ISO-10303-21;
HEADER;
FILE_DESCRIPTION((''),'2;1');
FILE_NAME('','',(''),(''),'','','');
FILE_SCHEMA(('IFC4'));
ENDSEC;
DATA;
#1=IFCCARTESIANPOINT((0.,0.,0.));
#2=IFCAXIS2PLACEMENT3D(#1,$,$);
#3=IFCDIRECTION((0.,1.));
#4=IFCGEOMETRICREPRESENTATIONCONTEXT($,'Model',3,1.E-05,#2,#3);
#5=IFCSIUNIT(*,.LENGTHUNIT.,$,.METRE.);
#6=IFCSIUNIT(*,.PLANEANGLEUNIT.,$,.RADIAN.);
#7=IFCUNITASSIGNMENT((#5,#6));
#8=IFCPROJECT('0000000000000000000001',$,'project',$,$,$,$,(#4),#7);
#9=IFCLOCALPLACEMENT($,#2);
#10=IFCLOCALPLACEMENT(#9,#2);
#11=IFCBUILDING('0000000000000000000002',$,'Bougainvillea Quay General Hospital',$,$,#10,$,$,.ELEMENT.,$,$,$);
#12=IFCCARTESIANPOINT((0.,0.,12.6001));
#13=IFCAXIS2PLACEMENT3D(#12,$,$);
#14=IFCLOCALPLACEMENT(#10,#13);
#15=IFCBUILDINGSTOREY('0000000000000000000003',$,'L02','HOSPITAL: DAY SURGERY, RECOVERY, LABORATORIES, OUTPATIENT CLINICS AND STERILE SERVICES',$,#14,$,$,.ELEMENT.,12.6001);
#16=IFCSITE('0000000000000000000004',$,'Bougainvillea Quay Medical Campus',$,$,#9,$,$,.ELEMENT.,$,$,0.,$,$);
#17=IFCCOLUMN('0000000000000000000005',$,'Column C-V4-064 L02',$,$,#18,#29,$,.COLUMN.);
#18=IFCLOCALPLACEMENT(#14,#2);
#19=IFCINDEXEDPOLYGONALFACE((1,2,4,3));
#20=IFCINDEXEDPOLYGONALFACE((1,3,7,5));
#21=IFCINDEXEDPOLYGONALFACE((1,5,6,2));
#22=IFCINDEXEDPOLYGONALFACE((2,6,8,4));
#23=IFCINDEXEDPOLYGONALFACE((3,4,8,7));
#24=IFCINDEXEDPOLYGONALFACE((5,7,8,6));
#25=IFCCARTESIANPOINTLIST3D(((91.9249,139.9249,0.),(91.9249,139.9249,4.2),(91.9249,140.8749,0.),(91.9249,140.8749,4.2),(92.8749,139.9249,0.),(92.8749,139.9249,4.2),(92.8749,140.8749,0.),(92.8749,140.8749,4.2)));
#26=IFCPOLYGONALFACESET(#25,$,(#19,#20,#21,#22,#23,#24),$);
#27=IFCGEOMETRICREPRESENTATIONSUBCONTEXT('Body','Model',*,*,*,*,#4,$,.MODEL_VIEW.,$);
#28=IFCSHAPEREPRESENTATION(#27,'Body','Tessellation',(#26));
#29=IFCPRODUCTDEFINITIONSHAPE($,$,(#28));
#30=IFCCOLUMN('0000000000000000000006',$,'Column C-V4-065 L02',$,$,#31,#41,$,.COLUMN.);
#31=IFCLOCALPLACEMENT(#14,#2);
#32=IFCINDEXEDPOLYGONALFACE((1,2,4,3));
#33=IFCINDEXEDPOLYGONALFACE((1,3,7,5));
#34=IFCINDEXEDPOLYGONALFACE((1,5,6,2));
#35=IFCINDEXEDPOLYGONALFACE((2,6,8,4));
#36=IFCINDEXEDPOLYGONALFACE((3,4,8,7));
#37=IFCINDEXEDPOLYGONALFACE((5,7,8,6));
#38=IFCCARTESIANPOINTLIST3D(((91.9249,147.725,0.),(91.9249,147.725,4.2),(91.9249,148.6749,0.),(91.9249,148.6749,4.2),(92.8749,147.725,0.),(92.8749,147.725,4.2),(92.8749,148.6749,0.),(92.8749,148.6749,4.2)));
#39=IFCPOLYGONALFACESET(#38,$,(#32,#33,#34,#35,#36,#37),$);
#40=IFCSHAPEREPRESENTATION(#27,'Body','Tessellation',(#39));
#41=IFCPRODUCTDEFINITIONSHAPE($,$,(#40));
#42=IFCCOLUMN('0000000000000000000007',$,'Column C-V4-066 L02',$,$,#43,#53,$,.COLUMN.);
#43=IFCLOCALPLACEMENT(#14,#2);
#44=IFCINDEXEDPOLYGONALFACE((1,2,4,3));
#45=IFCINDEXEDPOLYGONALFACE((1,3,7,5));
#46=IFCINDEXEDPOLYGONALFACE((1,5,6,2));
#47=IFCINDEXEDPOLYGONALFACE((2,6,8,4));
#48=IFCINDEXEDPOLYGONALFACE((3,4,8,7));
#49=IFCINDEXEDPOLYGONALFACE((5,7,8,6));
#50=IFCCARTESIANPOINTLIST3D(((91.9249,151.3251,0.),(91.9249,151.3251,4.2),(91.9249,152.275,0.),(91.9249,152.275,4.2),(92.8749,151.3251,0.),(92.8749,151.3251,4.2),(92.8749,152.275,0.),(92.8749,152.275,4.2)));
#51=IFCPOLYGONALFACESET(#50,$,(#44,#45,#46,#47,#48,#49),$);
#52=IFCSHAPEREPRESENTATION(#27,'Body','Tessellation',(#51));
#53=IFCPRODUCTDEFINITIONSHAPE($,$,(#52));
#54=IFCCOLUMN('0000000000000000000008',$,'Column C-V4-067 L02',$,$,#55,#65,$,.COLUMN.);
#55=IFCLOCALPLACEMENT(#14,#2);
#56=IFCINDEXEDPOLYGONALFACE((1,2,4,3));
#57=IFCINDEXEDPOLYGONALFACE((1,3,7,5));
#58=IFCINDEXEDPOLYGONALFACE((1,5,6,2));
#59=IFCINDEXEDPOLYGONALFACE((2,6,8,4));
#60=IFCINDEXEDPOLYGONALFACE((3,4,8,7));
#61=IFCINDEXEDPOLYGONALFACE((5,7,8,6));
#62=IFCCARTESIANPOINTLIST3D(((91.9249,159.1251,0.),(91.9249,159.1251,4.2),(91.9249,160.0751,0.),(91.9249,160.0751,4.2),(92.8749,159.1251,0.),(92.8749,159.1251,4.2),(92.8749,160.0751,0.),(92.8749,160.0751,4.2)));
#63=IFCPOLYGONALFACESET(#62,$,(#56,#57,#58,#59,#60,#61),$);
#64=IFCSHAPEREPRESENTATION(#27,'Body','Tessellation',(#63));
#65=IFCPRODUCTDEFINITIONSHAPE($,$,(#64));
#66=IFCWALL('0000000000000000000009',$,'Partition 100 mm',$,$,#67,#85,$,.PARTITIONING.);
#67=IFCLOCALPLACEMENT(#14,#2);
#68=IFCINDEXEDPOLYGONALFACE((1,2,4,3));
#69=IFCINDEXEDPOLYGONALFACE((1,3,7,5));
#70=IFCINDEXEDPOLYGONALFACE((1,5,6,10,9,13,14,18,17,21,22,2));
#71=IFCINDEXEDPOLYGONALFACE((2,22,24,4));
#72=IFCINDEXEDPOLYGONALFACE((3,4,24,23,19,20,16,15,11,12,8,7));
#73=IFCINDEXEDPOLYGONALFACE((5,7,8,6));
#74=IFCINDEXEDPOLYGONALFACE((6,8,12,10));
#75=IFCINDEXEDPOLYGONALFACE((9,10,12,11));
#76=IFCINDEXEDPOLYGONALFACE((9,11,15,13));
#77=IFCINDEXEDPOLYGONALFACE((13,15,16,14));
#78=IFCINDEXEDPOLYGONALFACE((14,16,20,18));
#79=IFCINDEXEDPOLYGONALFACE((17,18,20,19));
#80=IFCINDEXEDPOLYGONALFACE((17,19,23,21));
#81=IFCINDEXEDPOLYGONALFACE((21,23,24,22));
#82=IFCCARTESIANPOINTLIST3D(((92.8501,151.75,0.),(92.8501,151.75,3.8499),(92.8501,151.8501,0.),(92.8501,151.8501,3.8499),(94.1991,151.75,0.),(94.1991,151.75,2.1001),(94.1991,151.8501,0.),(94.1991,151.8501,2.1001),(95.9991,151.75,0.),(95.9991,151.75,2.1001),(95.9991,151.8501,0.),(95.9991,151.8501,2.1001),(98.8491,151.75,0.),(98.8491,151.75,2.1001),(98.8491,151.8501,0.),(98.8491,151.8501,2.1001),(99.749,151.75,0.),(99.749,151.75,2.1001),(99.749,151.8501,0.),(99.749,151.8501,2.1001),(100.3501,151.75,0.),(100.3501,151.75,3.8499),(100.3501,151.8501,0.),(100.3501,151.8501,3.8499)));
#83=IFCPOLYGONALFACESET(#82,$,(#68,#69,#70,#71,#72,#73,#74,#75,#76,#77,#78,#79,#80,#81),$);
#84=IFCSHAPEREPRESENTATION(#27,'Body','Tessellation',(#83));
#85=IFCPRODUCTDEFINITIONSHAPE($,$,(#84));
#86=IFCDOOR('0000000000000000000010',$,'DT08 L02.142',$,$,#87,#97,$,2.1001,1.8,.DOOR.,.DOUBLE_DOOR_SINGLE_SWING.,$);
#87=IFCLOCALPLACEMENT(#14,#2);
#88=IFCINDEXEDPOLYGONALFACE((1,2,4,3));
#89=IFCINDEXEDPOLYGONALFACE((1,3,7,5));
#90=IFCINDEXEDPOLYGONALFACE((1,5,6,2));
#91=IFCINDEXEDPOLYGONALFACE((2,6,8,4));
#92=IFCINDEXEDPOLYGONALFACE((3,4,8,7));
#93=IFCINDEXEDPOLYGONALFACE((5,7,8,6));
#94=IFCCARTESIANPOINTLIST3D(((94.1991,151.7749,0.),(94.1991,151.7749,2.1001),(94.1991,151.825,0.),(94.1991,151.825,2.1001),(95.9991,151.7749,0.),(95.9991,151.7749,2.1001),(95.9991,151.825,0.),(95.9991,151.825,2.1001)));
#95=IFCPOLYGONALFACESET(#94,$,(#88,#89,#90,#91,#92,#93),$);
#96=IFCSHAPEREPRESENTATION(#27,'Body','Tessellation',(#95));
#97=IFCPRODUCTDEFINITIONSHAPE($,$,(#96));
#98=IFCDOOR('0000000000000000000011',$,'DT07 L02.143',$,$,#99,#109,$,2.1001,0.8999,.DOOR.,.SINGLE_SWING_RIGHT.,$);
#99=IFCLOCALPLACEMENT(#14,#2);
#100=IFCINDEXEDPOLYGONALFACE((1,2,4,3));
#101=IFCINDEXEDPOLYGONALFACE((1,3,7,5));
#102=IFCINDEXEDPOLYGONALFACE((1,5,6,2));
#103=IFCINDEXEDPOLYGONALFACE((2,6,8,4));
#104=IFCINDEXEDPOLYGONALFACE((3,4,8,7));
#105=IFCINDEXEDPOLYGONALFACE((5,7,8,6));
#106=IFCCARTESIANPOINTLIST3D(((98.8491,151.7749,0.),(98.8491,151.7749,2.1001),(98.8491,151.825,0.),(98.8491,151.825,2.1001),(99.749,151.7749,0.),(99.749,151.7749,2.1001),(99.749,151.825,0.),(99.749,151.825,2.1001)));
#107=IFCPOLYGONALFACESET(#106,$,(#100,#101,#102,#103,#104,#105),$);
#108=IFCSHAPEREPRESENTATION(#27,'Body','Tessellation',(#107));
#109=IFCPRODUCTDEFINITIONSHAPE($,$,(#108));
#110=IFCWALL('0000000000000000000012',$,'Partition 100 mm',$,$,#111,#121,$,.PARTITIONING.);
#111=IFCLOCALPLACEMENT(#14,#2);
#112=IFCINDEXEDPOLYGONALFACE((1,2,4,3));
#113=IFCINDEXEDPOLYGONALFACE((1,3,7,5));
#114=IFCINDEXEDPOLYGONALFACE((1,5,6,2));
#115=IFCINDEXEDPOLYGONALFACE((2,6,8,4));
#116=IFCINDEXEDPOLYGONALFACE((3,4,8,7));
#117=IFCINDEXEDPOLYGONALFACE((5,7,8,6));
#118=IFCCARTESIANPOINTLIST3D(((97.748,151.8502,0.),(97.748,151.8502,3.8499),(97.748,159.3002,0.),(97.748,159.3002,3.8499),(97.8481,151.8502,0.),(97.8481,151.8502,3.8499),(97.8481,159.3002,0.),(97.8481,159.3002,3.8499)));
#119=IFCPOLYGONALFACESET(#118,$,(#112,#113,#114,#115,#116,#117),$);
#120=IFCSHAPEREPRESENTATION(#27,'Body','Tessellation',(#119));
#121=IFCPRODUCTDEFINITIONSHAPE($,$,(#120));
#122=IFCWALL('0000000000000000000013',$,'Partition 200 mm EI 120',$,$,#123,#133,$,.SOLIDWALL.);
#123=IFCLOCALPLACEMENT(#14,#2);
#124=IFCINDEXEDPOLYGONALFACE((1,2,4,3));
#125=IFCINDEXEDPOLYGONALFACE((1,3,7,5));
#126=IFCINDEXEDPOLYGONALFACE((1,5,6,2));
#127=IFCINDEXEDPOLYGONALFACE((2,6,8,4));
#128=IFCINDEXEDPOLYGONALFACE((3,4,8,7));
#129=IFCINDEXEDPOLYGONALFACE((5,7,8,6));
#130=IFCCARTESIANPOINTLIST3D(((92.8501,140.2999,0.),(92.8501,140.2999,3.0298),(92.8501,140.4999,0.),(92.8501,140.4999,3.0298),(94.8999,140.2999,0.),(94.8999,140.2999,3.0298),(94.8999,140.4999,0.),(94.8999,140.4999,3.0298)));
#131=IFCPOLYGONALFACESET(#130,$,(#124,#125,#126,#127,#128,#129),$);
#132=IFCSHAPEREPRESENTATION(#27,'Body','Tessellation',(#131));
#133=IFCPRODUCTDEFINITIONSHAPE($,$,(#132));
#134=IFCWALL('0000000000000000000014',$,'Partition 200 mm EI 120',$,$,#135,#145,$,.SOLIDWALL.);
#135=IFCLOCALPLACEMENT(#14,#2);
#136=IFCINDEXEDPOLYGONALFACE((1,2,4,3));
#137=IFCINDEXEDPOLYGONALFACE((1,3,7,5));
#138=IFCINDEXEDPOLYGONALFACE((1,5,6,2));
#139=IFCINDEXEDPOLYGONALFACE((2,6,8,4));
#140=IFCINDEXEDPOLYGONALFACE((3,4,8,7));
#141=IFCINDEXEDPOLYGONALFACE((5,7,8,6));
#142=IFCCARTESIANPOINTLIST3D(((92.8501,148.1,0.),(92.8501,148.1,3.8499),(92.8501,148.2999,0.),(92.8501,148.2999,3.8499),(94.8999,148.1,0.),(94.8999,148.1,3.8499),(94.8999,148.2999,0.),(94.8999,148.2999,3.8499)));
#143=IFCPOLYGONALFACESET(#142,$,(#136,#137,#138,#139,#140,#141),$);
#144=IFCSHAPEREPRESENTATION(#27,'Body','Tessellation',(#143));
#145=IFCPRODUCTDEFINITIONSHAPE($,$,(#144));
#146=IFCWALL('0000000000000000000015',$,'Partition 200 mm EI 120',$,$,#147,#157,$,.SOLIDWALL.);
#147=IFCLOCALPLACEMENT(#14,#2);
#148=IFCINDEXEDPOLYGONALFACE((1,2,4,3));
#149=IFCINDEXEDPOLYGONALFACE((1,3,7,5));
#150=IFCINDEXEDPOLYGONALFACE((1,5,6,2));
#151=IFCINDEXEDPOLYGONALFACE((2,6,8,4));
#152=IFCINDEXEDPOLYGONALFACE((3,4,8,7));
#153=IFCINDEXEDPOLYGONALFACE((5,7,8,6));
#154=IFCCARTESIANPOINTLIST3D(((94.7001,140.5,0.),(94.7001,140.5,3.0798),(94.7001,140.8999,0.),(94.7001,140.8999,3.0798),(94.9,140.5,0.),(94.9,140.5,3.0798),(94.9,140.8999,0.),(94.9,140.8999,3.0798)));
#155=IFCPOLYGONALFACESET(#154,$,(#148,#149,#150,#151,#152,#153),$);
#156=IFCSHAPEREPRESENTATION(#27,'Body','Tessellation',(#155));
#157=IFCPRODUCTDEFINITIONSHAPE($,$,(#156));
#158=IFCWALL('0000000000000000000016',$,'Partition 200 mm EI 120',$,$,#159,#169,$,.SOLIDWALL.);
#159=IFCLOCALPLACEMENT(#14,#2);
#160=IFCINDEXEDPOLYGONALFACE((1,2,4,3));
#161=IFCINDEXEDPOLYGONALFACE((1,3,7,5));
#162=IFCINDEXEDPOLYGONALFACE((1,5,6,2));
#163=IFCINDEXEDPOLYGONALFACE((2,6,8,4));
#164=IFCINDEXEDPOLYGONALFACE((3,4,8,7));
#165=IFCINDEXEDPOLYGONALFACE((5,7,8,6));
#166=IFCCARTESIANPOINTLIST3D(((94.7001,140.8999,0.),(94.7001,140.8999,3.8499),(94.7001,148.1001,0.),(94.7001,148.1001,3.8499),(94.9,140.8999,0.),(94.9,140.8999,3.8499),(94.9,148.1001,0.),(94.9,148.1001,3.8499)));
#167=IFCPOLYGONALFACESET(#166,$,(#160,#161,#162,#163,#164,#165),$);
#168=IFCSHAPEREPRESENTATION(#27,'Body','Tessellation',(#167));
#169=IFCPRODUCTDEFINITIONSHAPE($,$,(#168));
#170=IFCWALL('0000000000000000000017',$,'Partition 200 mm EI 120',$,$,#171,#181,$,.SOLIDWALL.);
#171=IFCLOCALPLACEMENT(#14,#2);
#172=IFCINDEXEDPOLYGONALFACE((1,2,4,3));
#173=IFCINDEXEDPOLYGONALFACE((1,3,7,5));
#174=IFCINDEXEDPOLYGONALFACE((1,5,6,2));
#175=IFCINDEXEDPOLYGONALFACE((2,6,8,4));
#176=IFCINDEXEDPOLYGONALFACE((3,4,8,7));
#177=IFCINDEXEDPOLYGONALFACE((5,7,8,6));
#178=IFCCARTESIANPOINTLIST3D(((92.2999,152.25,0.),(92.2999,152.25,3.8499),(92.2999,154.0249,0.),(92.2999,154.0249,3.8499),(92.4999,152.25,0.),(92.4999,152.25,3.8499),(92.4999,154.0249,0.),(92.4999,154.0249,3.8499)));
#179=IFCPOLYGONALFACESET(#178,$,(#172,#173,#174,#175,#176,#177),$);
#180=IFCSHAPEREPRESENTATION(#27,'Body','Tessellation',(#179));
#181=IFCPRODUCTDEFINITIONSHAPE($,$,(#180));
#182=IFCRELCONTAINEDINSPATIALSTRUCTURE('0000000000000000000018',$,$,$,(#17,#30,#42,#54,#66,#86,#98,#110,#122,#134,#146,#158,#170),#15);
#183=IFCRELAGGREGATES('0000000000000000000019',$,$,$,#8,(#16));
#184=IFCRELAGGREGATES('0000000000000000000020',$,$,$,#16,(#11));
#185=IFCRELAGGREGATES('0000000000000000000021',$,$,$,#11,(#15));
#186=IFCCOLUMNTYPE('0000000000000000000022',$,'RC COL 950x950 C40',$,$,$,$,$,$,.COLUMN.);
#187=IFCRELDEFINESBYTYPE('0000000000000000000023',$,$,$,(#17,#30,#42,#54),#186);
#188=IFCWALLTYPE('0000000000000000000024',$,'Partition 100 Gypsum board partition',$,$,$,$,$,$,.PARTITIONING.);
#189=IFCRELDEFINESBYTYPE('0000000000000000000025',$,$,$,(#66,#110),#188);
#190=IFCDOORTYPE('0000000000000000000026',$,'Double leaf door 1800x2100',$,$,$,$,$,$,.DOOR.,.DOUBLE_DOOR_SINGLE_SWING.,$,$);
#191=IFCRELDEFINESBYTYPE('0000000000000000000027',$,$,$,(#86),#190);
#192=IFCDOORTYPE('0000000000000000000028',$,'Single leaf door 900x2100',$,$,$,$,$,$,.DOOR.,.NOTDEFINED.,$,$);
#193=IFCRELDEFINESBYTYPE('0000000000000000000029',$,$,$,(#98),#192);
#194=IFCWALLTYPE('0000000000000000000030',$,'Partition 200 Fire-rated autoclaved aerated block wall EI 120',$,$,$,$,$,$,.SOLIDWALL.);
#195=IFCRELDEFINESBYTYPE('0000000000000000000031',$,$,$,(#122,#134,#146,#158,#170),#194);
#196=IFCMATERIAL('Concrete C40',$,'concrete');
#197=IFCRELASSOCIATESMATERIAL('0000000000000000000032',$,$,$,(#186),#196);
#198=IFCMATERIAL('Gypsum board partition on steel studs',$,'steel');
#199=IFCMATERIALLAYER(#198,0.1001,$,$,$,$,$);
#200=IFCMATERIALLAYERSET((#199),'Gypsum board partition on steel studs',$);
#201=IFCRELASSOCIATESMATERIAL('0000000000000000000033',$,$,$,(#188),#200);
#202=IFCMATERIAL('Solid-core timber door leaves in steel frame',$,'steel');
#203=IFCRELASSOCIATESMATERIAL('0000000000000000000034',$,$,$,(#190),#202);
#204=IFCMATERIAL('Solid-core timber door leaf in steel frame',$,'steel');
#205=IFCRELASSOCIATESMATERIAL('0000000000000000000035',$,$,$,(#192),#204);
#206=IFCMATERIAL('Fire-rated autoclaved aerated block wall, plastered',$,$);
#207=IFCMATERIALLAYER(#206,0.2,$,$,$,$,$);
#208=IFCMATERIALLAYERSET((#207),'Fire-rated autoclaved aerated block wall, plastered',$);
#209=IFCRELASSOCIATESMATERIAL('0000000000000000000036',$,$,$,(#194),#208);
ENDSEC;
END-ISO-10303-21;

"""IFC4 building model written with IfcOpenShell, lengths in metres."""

from ifc_helpers import new_model, si_unit, direction, frame, frame_2d, origin, origin_2d, place, context, subcontext, project, spatial, rectangle, extrude, material, layer, layer_set, material_profile, profile_set, type_object, element, fill, save


model = new_model("IFC4")

# Units and contexts
model_context = context("Model", 3, precision=1e-05, world=origin(), true_north=direction((0.0, 1.0)))
body_context = subcontext(model_context, "Body", "Model", "MODEL_VIEW")
ifc_project = project(units=[si_unit("LENGTHUNIT", "METRE"), si_unit("PLANEANGLEUNIT", "RADIAN")], contexts=[model_context])

# Site, building, storey
site_placement = place(None, origin())
site = spatial("IfcSite", under=ifc_project, at=site_placement, Name="Bougainvillea Quay Medical Campus", CompositionType="ELEMENT", RefElevation=0.0)
building_placement = place(site_placement, origin())
building = spatial("IfcBuilding", under=site, at=building_placement, Name="Bougainvillea Quay General Hospital", CompositionType="ELEMENT")
storey_placement = place(building_placement, frame((0.0, 0.0, 12.6001)))
storey = spatial("IfcBuildingStorey", under=building, at=storey_placement, Name="L02", Description="HOSPITAL: DAY SURGERY, RECOVERY, LABORATORIES, OUTPATIENT CLINICS AND STERILE SERVICES", CompositionType="ELEMENT", Elevation=12.6001)

# Columns
ifc_material_1 = material(Name="Concrete C40", Category="concrete")
ifc_material_profile = material_profile(ifc_material_1, rectangle(XDim=0.95, YDim=0.95, at=origin_2d()))
ifc_profile_set = profile_set([ifc_material_profile], Name="Concrete C40")
column_type = type_object("IfcColumnType", Name="RC COL 950x950 C40", PredefinedType="COLUMN", material=ifc_profile_set)
for number, where, z_axis, x_axis, name in (
    (1, (92.3999, 140.3999, 0.0), (0.0, 0.0, 1.0), (1.0, 0.0, 0.0), "Column C-V4-064 L02"),
    (2, (92.3999, 148.2, 0.0), (0.0, 0.0, 1.0), (1.0, 0.0, 0.0), "Column C-V4-065 L02"),
    (3, (92.3999, 151.8, 0.0), (0.0, 0.0, 1.0), (1.0, 0.0, 0.0), "Column C-V4-066 L02"),
    (4, (92.3999, 159.6001, 0.0), (0.0, 0.0, 1.0), (1.0, 0.0, 0.0), "Column C-V4-067 L02"),
):
    element("IfcColumn", number, at=place(storey_placement, frame(where, z_axis=z_axis, x_axis=x_axis)), inside=storey, type_object=column_type, Name=name, PredefinedType="COLUMN", context=body_context, shape_type="SweptSolid", body=[
        extrude(rectangle(XDim=0.95, YDim=0.95, at=origin_2d()), origin(), (0.0, 0.0, 1.0), 4.2),
    ])

# Wall, openings, doors
ifc_material_2 = material(Name="Gypsum board partition on steel studs", Category="steel")
ifc_layer_1 = layer(ifc_material_2, 0.1001)
ifc_layer_set_1 = layer_set([ifc_layer_1], Name="Gypsum board partition on steel studs")
wall_type_1 = type_object("IfcWallType", Name="Partition 100 Gypsum board partition", PredefinedType="PARTITIONING", material=ifc_layer_set_1)
wall_1_placement = place(storey_placement, frame((92.8501, 151.8, 0.0), z_axis=(0.0, 0.0, 1.0), x_axis=(1.0, 0.0, 0.0)))
wall_1 = element("IfcWall", 5, at=wall_1_placement, inside=storey, type_object=wall_type_1, Name="Partition 100 mm", PredefinedType="PARTITIONING", context=body_context, shape_type="SweptSolid", body=[
    extrude(rectangle(XDim=7.5, YDim=0.1001, at=frame_2d((3.75, 0.0))), origin(), (0.0, 0.0, 1.0), 3.8499),
])
opening_1_placement = place(wall_1_placement, frame((1.3491, 0.0, 0.0)))
opening_1 = element("IfcOpeningElement", 6, at=opening_1_placement, cuts=wall_1, PredefinedType="OPENING", context=body_context, shape_type="SweptSolid", body=[
    extrude(rectangle(XDim=1.8, YDim=2.1001, at=frame_2d((0.8999, 1.05))), frame((0.0, 0.0601, 0.0), z_axis=(0.0, -1.0, 0.0), x_axis=(1.0, 0.0, 0.0)), (0.0, 0.0, 1.0), 0.1201),
])
opening_2_placement = place(wall_1_placement, frame((5.999, 0.0, 0.0)))
opening_2 = element("IfcOpeningElement", 7, at=opening_2_placement, cuts=wall_1, PredefinedType="OPENING", context=body_context, shape_type="SweptSolid", body=[
    extrude(rectangle(XDim=0.8999, YDim=2.1001, at=frame_2d((0.45, 1.05))), frame((0.0, 0.0601, 0.0), z_axis=(0.0, -1.0, 0.0), x_axis=(1.0, 0.0, 0.0)), (0.0, 0.0, 1.0), 0.1201),
])
ifc_material_3 = material(Name="Solid-core timber door leaves in steel frame", Category="steel")
door_type_1 = type_object("IfcDoorType", Name="Double leaf door 1800x2100", OperationType="DOUBLE_DOOR_SINGLE_SWING", PredefinedType="DOOR", material=ifc_material_3)
door_1_placement = place(opening_1_placement, origin())
door_1 = element("IfcDoor", 8, at=door_1_placement, inside=storey, type_object=door_type_1, Name="DT08 L02.142", OperationType="DOUBLE_DOOR_SINGLE_SWING", OverallHeight=2.1001, OverallWidth=1.8, PredefinedType="DOOR", context=body_context, shape_type="SweptSolid", body=[
    extrude(rectangle(XDim=1.8, YDim=2.1001, at=frame_2d((0.8999, 1.05))), frame((0.0, 0.0249, 0.0), z_axis=(0.0, -1.0, 0.0), x_axis=(1.0, 0.0, 0.0)), (0.0, 0.0, 1.0), 0.05),
])
fill(opening_1, door_1)
ifc_material_4 = material(Name="Solid-core timber door leaf in steel frame", Category="steel")
door_type_2 = type_object("IfcDoorType", Name="Single leaf door 900x2100", OperationType="NOTDEFINED", PredefinedType="DOOR", material=ifc_material_4)
door_2_placement = place(opening_2_placement, origin())
door_2 = element("IfcDoor", 9, at=door_2_placement, inside=storey, type_object=door_type_2, Name="DT07 L02.143", OperationType="SINGLE_SWING_RIGHT", OverallHeight=2.1001, OverallWidth=0.8999, PredefinedType="DOOR", context=body_context, shape_type="SweptSolid", body=[
    extrude(rectangle(XDim=0.8999, YDim=2.1001, at=frame_2d((0.45, 1.05))), frame((0.0, 0.0249, 0.0), z_axis=(0.0, -1.0, 0.0), x_axis=(1.0, 0.0, 0.0)), (0.0, 0.0, 1.0), 0.05),
])
fill(opening_2, door_2)

# Walls
wall_2_placement = place(storey_placement, frame((97.7981, 151.8501, 0.0), z_axis=(0.0, 0.0, 1.0), x_axis=(0.0, 1.0, 0.0)))
element("IfcWall", 10, at=wall_2_placement, inside=storey, type_object=wall_type_1, Name="Partition 100 mm", PredefinedType="PARTITIONING", context=body_context, shape_type="SweptSolid", body=[
    extrude(rectangle(XDim=7.45, YDim=0.1001, at=frame_2d((3.7251, 0.0))), origin(), (0.0, 0.0, 1.0), 3.8499),
])
ifc_material_5 = material(Name="Fire-rated autoclaved aerated block wall, plastered")
ifc_layer_2 = layer(ifc_material_5, 0.2)
ifc_layer_set_2 = layer_set([ifc_layer_2], Name="Fire-rated autoclaved aerated block wall, plastered")
wall_type_2 = type_object("IfcWallType", Name="Partition 200 Fire-rated autoclaved aerated block wall EI 120", PredefinedType="SOLIDWALL", material=ifc_layer_set_2)
wall_3_placement = place(storey_placement, frame((92.8501, 140.3999, 0.0), z_axis=(0.0, 0.0, 1.0), x_axis=(1.0, 0.0, 0.0)))
element("IfcWall", 11, at=wall_3_placement, inside=storey, type_object=wall_type_2, Name="Partition 200 mm EI 120", PredefinedType="SOLIDWALL", context=body_context, shape_type="SweptSolid", body=[
    extrude(rectangle(XDim=2.0498, YDim=0.2, at=frame_2d((1.0249, 0.0))), origin(), (0.0, 0.0, 1.0), 3.0298),
])
wall_4_placement = place(storey_placement, frame((92.8501, 148.2, 0.0), z_axis=(0.0, 0.0, 1.0), x_axis=(1.0, 0.0, 0.0)))
element("IfcWall", 12, at=wall_4_placement, inside=storey, type_object=wall_type_2, Name="Partition 200 mm EI 120", PredefinedType="SOLIDWALL", context=body_context, shape_type="SweptSolid", body=[
    extrude(rectangle(XDim=2.0498, YDim=0.2, at=frame_2d((1.0249, 0.0))), origin(), (0.0, 0.0, 1.0), 3.8499),
])
wall_5_placement = place(storey_placement, frame((94.8, 140.5, 0.0), z_axis=(0.0, 0.0, 1.0), x_axis=(0.0, 1.0, 0.0)))
element("IfcWall", 13, at=wall_5_placement, inside=storey, type_object=wall_type_2, Name="Partition 200 mm EI 120", PredefinedType="SOLIDWALL", context=body_context, shape_type="SweptSolid", body=[
    extrude(rectangle(XDim=0.3999, YDim=0.2, at=frame_2d((0.2, 0.0))), origin(), (0.0, 0.0, 1.0), 3.0798),
])
wall_6_placement = place(storey_placement, frame((94.8, 140.8999, 0.0), z_axis=(0.0, 0.0, 1.0), x_axis=(0.0, 1.0, 0.0)))
element("IfcWall", 14, at=wall_6_placement, inside=storey, type_object=wall_type_2, Name="Partition 200 mm EI 120", PredefinedType="SOLIDWALL", context=body_context, shape_type="SweptSolid", body=[
    extrude(rectangle(XDim=7.2002, YDim=0.2, at=frame_2d((3.6001, 0.0))), origin(), (0.0, 0.0, 1.0), 3.8499),
])
wall_7_placement = place(storey_placement, frame((92.3999, 152.25, 0.0), z_axis=(0.0, 0.0, 1.0), x_axis=(0.0, 1.0, 0.0)))
element("IfcWall", 15, at=wall_7_placement, inside=storey, type_object=wall_type_2, Name="Partition 200 mm EI 120", PredefinedType="SOLIDWALL", context=body_context, shape_type="SweptSolid", body=[
    extrude(rectangle(XDim=1.7749, YDim=0.2, at=frame_2d((0.8875, 0.0))), origin(), (0.0, 0.0, 1.0), 3.8499),
])

save(model, "model.ifc")
